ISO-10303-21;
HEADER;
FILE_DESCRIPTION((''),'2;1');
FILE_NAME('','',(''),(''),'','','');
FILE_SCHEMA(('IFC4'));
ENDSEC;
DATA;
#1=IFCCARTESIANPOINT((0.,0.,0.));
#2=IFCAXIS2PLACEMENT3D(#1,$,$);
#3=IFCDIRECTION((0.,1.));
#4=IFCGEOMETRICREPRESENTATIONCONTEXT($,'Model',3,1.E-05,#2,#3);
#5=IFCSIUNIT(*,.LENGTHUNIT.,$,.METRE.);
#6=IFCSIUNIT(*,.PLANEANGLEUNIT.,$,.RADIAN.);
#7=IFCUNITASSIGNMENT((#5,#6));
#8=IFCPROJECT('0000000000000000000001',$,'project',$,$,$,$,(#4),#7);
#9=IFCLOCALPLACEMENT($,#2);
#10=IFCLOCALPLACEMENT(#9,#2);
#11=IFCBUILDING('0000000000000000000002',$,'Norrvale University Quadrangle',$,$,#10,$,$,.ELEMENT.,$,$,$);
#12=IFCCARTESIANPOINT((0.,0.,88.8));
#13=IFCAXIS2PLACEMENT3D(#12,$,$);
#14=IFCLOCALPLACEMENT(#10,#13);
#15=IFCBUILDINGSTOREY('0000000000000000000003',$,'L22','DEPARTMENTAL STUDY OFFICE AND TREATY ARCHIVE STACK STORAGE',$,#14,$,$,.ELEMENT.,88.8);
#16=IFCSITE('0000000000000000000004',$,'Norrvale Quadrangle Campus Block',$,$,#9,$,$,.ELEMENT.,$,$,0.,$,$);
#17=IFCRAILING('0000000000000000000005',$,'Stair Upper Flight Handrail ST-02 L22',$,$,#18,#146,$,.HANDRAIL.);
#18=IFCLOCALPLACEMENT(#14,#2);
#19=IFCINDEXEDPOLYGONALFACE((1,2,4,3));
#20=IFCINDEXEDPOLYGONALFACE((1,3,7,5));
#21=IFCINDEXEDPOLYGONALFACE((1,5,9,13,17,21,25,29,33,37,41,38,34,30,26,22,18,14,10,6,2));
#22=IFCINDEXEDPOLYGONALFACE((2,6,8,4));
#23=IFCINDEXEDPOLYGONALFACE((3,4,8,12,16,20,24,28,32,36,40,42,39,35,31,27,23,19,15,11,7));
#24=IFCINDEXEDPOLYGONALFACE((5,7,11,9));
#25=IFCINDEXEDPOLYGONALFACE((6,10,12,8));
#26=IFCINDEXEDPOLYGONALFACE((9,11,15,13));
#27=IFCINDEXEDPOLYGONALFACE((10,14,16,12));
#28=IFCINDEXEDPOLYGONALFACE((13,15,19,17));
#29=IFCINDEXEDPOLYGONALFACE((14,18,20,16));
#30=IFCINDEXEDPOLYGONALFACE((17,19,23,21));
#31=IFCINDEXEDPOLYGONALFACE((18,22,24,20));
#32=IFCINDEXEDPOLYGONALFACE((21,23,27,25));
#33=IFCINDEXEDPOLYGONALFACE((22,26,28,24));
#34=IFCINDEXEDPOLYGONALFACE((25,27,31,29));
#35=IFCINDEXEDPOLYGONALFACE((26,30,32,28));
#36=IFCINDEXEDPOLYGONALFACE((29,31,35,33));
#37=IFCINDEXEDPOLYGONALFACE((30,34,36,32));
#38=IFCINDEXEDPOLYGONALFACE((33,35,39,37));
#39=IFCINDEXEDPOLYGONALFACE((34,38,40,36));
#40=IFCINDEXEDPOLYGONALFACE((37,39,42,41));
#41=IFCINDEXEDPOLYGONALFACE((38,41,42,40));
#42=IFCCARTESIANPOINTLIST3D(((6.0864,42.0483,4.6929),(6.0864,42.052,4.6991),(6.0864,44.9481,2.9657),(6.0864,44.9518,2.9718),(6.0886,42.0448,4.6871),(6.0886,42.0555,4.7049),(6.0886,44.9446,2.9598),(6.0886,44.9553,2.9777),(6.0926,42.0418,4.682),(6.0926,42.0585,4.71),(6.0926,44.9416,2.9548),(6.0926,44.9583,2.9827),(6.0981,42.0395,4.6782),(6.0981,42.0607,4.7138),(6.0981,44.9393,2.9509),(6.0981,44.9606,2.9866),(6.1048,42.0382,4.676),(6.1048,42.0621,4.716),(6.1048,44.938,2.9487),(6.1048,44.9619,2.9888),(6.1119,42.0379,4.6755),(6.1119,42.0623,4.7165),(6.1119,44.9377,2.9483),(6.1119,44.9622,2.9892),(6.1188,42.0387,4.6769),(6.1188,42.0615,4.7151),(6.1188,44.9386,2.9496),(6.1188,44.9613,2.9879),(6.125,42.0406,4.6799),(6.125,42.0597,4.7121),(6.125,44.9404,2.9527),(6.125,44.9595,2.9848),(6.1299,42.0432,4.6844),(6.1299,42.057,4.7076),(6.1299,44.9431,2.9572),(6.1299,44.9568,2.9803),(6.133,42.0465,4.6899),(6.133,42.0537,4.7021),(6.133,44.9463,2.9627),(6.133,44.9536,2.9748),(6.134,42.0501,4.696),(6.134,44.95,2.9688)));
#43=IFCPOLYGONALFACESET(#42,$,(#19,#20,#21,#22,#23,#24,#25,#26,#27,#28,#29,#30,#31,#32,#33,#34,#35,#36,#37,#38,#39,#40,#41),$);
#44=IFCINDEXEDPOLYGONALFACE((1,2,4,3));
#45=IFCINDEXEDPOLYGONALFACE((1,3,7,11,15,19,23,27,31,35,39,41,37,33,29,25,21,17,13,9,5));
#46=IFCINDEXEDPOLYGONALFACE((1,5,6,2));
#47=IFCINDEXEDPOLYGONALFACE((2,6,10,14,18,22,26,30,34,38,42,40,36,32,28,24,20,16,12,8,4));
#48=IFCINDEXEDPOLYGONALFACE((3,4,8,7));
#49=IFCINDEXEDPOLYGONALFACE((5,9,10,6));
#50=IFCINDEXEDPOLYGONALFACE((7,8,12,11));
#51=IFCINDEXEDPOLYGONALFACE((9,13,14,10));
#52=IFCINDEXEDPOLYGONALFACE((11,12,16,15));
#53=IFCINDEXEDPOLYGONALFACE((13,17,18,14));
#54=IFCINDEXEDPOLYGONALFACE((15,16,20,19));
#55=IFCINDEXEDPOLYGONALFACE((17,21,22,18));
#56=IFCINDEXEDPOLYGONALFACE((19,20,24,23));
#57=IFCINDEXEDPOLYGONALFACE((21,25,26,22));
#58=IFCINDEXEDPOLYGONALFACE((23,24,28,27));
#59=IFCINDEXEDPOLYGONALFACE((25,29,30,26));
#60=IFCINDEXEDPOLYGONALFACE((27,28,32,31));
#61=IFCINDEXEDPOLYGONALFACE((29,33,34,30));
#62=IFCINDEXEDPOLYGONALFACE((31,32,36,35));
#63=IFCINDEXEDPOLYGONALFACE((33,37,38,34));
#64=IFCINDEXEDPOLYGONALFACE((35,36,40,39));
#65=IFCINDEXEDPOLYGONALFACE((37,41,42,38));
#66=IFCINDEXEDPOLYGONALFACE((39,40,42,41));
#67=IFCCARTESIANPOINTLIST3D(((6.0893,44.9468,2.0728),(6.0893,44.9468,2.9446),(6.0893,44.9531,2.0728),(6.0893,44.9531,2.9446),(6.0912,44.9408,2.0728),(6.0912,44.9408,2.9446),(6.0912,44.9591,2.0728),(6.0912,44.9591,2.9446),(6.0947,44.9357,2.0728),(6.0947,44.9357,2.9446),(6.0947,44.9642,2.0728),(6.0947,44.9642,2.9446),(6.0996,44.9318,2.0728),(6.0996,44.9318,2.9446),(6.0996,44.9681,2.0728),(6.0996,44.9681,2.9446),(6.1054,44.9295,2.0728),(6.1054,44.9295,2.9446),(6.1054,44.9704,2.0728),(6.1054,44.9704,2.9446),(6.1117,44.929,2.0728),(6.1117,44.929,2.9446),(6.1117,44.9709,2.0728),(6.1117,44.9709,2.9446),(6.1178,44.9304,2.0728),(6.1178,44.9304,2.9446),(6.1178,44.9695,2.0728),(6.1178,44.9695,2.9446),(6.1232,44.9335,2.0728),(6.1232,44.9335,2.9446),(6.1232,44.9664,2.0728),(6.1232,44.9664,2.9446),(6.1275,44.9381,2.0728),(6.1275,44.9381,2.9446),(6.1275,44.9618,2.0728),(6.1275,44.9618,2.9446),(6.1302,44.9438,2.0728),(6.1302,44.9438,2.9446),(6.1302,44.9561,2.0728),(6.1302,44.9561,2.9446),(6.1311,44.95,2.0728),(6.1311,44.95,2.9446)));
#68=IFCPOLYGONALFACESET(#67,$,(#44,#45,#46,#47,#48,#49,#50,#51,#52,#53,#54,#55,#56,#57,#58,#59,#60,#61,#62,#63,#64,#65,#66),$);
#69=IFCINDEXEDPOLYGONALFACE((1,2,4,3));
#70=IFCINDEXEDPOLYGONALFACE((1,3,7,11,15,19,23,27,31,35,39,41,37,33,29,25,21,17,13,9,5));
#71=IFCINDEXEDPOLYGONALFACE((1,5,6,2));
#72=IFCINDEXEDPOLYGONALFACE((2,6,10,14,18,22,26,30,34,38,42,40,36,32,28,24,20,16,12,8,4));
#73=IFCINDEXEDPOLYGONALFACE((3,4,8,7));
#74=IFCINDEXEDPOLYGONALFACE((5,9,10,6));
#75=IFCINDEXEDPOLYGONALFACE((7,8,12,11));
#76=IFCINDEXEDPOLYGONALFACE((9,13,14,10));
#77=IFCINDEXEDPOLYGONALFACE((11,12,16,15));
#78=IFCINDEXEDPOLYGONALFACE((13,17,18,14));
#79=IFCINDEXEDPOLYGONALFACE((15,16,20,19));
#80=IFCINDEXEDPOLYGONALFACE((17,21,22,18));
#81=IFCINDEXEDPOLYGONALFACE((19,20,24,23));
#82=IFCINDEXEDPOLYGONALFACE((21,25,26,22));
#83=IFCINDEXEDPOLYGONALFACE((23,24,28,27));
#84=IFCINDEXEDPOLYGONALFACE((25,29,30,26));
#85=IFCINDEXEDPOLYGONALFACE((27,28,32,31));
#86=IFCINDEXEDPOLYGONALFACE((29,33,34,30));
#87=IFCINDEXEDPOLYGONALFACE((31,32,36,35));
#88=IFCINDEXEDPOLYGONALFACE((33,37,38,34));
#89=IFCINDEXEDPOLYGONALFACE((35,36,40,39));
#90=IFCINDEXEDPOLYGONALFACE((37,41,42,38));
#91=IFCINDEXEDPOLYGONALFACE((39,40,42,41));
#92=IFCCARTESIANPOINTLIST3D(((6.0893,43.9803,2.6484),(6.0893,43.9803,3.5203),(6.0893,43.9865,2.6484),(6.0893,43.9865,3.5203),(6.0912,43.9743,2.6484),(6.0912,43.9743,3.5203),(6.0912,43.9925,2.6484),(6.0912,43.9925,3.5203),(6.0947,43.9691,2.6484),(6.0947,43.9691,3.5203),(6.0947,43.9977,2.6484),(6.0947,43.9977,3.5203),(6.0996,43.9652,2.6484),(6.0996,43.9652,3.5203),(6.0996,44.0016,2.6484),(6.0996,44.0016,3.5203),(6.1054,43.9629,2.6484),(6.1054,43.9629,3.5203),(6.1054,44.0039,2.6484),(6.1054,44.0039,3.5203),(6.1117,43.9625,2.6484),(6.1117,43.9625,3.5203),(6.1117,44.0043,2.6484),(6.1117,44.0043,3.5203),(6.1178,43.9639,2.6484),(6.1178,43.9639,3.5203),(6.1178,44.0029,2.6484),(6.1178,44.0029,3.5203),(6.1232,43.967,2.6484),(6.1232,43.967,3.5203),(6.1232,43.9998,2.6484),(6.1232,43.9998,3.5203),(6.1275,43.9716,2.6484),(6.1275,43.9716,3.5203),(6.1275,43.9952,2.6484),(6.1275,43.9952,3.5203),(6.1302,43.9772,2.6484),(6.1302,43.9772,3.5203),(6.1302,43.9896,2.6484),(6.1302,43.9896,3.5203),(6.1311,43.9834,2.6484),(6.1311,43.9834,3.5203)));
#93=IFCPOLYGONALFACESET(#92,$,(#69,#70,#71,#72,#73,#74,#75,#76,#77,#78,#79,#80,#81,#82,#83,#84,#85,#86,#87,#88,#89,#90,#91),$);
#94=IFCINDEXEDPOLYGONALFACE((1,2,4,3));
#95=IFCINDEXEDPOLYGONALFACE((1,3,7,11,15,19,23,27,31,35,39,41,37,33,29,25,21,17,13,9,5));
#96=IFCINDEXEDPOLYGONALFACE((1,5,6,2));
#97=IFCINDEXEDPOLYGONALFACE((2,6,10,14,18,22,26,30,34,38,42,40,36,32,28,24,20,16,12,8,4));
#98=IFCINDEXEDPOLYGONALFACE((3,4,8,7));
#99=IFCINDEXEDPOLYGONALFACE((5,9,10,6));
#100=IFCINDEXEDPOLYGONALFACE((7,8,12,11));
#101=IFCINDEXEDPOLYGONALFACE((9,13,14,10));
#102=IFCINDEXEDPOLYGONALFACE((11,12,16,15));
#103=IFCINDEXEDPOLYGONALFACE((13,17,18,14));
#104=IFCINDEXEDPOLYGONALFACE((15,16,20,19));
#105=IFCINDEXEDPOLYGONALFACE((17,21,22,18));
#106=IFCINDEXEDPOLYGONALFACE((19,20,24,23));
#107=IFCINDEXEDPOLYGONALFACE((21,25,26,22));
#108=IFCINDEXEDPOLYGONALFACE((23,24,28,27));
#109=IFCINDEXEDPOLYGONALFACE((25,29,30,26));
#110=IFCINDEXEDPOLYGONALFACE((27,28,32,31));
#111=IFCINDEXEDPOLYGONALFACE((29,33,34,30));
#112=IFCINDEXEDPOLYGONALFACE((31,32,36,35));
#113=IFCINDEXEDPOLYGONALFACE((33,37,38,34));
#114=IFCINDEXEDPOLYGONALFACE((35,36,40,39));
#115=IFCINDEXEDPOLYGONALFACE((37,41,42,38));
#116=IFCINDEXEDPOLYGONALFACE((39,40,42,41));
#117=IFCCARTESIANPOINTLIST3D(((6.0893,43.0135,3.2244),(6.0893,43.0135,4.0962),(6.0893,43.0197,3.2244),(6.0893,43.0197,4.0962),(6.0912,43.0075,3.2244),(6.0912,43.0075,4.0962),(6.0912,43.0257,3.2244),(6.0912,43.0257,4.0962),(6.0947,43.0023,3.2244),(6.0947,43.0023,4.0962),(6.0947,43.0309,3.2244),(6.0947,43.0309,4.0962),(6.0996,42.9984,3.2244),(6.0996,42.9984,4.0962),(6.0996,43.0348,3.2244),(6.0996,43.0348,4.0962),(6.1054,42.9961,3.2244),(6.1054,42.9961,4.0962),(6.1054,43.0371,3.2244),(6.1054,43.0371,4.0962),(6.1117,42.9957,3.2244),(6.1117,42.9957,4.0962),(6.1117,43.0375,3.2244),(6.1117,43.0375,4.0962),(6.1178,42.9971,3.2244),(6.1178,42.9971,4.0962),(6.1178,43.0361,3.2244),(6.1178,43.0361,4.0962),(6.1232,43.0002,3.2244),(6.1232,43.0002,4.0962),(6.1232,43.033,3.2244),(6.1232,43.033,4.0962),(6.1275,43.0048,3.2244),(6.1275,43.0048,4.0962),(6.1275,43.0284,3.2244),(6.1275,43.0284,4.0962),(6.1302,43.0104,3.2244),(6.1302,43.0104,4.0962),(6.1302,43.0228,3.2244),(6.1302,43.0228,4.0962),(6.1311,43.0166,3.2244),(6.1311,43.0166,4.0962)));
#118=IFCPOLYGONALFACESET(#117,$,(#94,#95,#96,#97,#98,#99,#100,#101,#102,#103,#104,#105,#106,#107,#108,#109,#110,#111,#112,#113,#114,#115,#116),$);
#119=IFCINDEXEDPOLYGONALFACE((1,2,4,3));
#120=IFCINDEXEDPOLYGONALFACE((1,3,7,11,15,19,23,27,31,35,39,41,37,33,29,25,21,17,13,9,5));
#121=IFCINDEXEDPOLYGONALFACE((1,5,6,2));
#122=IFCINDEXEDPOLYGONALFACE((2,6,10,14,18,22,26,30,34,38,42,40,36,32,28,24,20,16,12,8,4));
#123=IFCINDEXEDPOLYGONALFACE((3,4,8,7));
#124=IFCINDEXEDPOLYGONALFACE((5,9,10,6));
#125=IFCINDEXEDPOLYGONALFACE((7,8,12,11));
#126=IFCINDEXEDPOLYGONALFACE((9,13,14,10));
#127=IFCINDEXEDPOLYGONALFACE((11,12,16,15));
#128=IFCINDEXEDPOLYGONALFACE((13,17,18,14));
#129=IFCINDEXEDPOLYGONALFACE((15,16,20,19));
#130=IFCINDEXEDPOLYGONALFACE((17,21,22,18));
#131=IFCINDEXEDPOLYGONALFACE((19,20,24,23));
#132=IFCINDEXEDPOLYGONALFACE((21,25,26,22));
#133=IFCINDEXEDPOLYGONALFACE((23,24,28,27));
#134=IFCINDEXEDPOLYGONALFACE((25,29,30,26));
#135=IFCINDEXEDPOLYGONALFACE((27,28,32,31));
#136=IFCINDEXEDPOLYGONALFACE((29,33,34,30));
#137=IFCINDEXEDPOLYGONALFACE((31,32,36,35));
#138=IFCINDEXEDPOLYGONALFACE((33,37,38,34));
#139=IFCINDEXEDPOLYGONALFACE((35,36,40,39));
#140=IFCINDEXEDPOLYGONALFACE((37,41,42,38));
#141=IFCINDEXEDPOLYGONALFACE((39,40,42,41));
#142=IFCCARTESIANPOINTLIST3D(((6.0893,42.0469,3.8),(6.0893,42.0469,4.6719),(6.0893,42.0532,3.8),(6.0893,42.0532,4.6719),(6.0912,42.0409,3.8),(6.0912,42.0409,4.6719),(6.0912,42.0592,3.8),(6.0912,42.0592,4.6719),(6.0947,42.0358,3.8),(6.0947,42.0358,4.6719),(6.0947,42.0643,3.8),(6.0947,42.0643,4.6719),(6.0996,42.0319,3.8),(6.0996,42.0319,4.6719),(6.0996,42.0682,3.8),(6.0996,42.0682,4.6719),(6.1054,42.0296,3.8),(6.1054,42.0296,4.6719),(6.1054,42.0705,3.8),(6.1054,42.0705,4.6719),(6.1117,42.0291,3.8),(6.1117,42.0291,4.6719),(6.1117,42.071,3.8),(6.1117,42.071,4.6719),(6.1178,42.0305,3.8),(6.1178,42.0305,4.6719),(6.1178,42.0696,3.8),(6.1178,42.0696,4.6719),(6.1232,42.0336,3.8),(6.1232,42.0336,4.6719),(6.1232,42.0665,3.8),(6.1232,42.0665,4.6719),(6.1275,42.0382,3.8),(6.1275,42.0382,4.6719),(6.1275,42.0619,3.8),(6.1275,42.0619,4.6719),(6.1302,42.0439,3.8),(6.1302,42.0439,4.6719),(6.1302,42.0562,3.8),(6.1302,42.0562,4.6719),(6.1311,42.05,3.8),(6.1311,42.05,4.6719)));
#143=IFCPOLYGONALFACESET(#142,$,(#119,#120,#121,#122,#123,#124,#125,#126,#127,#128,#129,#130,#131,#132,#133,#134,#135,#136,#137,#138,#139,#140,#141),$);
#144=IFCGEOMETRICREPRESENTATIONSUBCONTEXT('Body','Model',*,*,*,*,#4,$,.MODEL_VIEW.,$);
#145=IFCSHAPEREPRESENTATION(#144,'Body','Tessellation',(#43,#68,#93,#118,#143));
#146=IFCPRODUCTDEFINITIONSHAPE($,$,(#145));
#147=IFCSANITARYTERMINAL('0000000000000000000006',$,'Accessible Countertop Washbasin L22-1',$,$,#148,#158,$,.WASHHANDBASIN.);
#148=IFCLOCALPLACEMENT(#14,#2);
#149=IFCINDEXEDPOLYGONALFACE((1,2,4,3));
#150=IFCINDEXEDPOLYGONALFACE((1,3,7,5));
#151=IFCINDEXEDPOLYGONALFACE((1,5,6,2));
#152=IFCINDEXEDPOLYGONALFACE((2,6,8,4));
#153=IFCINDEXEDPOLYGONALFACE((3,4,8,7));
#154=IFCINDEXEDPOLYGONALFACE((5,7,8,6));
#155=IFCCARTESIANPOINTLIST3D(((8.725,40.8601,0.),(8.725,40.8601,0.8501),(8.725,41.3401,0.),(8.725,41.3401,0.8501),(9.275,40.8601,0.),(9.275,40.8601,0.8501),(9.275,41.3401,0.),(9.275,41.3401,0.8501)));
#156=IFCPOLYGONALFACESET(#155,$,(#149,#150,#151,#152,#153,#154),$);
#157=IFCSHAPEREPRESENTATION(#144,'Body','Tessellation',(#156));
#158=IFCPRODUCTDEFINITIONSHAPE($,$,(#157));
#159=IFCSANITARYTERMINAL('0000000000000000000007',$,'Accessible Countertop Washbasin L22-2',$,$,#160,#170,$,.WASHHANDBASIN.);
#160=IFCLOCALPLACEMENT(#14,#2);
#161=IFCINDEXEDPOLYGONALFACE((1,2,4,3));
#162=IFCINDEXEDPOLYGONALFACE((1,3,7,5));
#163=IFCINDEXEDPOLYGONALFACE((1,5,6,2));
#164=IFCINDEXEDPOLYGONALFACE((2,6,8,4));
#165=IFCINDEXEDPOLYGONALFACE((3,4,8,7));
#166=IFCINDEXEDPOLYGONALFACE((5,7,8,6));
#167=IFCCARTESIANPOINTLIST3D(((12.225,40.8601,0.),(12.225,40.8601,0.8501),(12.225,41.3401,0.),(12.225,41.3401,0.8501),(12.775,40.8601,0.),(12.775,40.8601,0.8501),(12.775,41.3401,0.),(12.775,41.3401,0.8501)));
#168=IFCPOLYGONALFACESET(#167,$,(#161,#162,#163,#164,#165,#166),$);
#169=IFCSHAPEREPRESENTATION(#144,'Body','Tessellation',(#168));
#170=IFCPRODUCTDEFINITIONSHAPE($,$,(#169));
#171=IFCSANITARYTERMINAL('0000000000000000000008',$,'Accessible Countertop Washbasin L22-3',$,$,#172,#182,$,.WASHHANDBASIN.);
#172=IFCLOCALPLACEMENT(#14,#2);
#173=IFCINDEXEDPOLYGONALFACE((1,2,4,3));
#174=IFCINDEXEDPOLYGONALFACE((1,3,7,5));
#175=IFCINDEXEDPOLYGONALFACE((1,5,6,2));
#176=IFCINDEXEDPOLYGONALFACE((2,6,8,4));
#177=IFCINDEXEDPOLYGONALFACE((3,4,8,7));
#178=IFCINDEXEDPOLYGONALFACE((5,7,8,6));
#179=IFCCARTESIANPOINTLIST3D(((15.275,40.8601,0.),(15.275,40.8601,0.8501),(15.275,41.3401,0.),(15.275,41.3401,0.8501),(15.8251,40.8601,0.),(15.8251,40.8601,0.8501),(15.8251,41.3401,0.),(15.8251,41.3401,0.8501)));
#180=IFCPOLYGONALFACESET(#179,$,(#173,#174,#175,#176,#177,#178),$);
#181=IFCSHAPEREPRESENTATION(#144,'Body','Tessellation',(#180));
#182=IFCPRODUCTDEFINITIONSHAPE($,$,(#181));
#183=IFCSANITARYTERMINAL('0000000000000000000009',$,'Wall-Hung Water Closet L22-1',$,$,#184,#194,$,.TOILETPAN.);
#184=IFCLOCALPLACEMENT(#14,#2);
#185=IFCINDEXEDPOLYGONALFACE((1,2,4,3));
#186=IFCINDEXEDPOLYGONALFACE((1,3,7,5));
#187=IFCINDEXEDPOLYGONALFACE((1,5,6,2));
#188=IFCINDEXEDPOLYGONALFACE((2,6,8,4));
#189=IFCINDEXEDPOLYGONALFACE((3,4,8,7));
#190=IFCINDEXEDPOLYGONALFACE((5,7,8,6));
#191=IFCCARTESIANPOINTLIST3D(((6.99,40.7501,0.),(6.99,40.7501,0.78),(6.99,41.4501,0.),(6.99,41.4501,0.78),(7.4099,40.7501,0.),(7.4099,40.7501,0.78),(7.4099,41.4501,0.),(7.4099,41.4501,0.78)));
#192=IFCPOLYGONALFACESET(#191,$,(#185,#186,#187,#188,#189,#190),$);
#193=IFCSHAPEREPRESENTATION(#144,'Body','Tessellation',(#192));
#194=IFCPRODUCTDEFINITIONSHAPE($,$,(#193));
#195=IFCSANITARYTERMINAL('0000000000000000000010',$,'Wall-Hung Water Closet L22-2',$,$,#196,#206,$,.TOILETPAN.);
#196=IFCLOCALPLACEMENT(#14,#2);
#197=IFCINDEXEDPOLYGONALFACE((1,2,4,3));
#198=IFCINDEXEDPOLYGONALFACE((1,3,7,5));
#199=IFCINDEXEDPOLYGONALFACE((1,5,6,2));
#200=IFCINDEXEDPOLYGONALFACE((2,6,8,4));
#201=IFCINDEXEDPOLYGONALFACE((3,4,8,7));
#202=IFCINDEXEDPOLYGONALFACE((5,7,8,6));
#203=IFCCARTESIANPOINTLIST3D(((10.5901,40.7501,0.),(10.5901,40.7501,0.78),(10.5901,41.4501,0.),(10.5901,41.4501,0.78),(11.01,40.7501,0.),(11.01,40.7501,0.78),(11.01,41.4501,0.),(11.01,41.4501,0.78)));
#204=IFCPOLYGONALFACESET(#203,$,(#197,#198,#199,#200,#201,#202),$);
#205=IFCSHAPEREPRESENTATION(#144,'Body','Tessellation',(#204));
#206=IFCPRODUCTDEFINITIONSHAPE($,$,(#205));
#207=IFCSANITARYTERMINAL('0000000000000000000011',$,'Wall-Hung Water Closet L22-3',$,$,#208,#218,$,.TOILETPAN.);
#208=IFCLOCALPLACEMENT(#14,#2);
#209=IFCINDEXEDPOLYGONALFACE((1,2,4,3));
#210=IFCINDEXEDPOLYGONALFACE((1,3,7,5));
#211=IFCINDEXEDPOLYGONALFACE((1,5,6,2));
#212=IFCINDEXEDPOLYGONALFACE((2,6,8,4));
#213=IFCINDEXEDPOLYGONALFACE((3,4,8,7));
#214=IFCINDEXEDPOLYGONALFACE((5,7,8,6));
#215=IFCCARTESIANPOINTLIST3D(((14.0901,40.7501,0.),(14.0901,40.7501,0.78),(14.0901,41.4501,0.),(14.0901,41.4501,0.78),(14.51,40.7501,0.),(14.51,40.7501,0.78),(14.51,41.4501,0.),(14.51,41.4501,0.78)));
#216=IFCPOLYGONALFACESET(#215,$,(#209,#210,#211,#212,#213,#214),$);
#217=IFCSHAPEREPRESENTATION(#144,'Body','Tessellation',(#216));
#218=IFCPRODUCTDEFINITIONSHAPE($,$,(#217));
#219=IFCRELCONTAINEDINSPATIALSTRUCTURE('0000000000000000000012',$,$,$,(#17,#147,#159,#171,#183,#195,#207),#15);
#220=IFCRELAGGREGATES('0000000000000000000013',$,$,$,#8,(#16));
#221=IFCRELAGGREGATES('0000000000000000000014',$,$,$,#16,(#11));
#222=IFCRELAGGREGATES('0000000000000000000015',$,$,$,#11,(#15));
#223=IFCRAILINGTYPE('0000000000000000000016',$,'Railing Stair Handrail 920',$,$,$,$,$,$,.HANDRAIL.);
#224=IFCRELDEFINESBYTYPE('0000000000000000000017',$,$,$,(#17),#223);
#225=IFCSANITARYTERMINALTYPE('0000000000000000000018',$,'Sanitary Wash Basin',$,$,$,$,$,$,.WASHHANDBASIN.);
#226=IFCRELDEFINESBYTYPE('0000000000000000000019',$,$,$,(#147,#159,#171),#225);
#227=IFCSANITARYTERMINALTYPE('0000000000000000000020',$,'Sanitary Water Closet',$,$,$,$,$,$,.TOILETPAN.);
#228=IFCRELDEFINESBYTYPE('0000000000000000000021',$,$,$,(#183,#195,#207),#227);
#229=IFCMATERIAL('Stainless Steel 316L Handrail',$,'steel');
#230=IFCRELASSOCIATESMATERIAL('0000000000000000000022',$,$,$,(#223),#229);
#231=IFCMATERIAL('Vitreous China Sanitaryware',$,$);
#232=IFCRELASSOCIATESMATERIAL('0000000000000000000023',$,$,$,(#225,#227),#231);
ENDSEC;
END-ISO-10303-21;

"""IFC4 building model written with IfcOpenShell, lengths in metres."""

from ifc_helpers import new_model, si_unit, direction, frame, origin, origin_2d, place, context, subcontext, project, spatial, rectangle, circle, extrude, material, type_object, element, save


model = new_model("IFC4")

# Units and contexts
model_context = context("Model", 3, precision=1e-05, world=origin(), true_north=direction((0.0, 1.0)))
body_context = subcontext(model_context, "Body", "Model", "MODEL_VIEW")
ifc_project = project(units=[si_unit("LENGTHUNIT", "METRE"), si_unit("PLANEANGLEUNIT", "RADIAN")], contexts=[model_context])

# Site, building, storey
site_placement = place(None, origin())
site = spatial("IfcSite", under=ifc_project, at=site_placement, Name="Norrvale Quadrangle Campus Block", CompositionType="ELEMENT", RefElevation=0.0)
building_placement = place(site_placement, origin())
building = spatial("IfcBuilding", under=site, at=building_placement, Name="Norrvale University Quadrangle", CompositionType="ELEMENT")
storey_placement = place(building_placement, frame((0.0, 0.0, 88.8)))
storey = spatial("IfcBuildingStorey", under=building, at=storey_placement, Name="L22", Description="DEPARTMENTAL STUDY OFFICE AND TREATY ARCHIVE STACK STORAGE", CompositionType="ELEMENT", Elevation=88.8)

# Railing
ifc_material_1 = material(Name="Stainless Steel 316L Handrail", Category="steel")
railing_type_1 = type_object("IfcRailingType", Name="Railing Stair Handrail 920", PredefinedType="HANDRAIL", material=ifc_material_1)
railing_1_placement = place(storey_placement, frame((6.1101, 44.95, 2.0728)))
element("IfcRailing", 1, at=railing_1_placement, inside=storey, type_object=railing_type_1, Name="Stair Upper Flight Handrail ST-02 L22", PredefinedType="HANDRAIL", context=body_context, shape_type="SweptSolid", body=[
    extrude(circle(Radius=0.0239, at=origin_2d()), frame((0.0, 0.0, 0.896), z_axis=(0.0, -0.859141, 0.511738), x_axis=(1.0, 0.0, 0.0)), (0.0, 0.0, 1.0), 3.3752),
    extrude(circle(Radius=0.021, at=origin_2d()), origin(), (0.0, 0.0, 1.0), 0.8718),
    extrude(circle(Radius=0.021, at=origin_2d()), frame((0.0, -0.9666, 0.5757)), (0.0, 0.0, 1.0), 0.8718),
    extrude(circle(Radius=0.021, at=origin_2d()), frame((0.0, -1.9333, 1.1516)), (0.0, 0.0, 1.0), 0.8718),
    extrude(circle(Radius=0.021, at=origin_2d()), frame((0.0, -2.8999, 1.7273)), (0.0, 0.0, 1.0), 0.8718),
])

# Sanitary terminals
ifc_material_2 = material(Name="Vitreous China Sanitaryware")
sanitary_terminal_type_1 = type_object("IfcSanitaryTerminalType", Name="Sanitary Wash Basin", PredefinedType="WASHHANDBASIN", material=ifc_material_2)
for number, where, z_axis, x_axis, name in (
    (2, (9.0, 41.1001, 0.0), (0.0, 0.0, 1.0), (1.0, 0.0, 0.0), "Accessible Countertop Washbasin L22-1"),
    (3, (12.5, 41.1001, 0.0), (0.0, 0.0, 1.0), (1.0, 0.0, 0.0), "Accessible Countertop Washbasin L22-2"),
    (4, (15.55, 41.1001, 0.0), (0.0, 0.0, 1.0), (1.0, 0.0, 0.0), "Accessible Countertop Washbasin L22-3"),
):
    element("IfcSanitaryTerminal", number, at=place(storey_placement, frame(where, z_axis=z_axis, x_axis=x_axis)), inside=storey, type_object=sanitary_terminal_type_1, Name=name, PredefinedType="WASHHANDBASIN", context=body_context, shape_type="SweptSolid", body=[
        extrude(rectangle(XDim=0.55, YDim=0.48, at=origin_2d()), origin(), (0.0, 0.0, 1.0), 0.8501),
    ])
sanitary_terminal_type_2 = type_object("IfcSanitaryTerminalType", Name="Sanitary Water Closet", PredefinedType="TOILETPAN", material=ifc_material_2)
for number, where, z_axis, x_axis, name in (
    (5, (7.2, 41.1001, 0.0), (0.0, 0.0, 1.0), (1.0, 0.0, 0.0), "Wall-Hung Water Closet L22-1"),
    (6, (10.8, 41.1001, 0.0), (0.0, 0.0, 1.0), (1.0, 0.0, 0.0), "Wall-Hung Water Closet L22-2"),
    (7, (14.3, 41.1001, 0.0), (0.0, 0.0, 1.0), (1.0, 0.0, 0.0), "Wall-Hung Water Closet L22-3"),
):
    element("IfcSanitaryTerminal", number, at=place(storey_placement, frame(where, z_axis=z_axis, x_axis=x_axis)), inside=storey, type_object=sanitary_terminal_type_2, Name=name, PredefinedType="TOILETPAN", context=body_context, shape_type="SweptSolid", body=[
        extrude(rectangle(XDim=0.4199, YDim=0.7, at=origin_2d()), origin(), (0.0, 0.0, 1.0), 0.78),
    ])

save(model, "model.ifc")
